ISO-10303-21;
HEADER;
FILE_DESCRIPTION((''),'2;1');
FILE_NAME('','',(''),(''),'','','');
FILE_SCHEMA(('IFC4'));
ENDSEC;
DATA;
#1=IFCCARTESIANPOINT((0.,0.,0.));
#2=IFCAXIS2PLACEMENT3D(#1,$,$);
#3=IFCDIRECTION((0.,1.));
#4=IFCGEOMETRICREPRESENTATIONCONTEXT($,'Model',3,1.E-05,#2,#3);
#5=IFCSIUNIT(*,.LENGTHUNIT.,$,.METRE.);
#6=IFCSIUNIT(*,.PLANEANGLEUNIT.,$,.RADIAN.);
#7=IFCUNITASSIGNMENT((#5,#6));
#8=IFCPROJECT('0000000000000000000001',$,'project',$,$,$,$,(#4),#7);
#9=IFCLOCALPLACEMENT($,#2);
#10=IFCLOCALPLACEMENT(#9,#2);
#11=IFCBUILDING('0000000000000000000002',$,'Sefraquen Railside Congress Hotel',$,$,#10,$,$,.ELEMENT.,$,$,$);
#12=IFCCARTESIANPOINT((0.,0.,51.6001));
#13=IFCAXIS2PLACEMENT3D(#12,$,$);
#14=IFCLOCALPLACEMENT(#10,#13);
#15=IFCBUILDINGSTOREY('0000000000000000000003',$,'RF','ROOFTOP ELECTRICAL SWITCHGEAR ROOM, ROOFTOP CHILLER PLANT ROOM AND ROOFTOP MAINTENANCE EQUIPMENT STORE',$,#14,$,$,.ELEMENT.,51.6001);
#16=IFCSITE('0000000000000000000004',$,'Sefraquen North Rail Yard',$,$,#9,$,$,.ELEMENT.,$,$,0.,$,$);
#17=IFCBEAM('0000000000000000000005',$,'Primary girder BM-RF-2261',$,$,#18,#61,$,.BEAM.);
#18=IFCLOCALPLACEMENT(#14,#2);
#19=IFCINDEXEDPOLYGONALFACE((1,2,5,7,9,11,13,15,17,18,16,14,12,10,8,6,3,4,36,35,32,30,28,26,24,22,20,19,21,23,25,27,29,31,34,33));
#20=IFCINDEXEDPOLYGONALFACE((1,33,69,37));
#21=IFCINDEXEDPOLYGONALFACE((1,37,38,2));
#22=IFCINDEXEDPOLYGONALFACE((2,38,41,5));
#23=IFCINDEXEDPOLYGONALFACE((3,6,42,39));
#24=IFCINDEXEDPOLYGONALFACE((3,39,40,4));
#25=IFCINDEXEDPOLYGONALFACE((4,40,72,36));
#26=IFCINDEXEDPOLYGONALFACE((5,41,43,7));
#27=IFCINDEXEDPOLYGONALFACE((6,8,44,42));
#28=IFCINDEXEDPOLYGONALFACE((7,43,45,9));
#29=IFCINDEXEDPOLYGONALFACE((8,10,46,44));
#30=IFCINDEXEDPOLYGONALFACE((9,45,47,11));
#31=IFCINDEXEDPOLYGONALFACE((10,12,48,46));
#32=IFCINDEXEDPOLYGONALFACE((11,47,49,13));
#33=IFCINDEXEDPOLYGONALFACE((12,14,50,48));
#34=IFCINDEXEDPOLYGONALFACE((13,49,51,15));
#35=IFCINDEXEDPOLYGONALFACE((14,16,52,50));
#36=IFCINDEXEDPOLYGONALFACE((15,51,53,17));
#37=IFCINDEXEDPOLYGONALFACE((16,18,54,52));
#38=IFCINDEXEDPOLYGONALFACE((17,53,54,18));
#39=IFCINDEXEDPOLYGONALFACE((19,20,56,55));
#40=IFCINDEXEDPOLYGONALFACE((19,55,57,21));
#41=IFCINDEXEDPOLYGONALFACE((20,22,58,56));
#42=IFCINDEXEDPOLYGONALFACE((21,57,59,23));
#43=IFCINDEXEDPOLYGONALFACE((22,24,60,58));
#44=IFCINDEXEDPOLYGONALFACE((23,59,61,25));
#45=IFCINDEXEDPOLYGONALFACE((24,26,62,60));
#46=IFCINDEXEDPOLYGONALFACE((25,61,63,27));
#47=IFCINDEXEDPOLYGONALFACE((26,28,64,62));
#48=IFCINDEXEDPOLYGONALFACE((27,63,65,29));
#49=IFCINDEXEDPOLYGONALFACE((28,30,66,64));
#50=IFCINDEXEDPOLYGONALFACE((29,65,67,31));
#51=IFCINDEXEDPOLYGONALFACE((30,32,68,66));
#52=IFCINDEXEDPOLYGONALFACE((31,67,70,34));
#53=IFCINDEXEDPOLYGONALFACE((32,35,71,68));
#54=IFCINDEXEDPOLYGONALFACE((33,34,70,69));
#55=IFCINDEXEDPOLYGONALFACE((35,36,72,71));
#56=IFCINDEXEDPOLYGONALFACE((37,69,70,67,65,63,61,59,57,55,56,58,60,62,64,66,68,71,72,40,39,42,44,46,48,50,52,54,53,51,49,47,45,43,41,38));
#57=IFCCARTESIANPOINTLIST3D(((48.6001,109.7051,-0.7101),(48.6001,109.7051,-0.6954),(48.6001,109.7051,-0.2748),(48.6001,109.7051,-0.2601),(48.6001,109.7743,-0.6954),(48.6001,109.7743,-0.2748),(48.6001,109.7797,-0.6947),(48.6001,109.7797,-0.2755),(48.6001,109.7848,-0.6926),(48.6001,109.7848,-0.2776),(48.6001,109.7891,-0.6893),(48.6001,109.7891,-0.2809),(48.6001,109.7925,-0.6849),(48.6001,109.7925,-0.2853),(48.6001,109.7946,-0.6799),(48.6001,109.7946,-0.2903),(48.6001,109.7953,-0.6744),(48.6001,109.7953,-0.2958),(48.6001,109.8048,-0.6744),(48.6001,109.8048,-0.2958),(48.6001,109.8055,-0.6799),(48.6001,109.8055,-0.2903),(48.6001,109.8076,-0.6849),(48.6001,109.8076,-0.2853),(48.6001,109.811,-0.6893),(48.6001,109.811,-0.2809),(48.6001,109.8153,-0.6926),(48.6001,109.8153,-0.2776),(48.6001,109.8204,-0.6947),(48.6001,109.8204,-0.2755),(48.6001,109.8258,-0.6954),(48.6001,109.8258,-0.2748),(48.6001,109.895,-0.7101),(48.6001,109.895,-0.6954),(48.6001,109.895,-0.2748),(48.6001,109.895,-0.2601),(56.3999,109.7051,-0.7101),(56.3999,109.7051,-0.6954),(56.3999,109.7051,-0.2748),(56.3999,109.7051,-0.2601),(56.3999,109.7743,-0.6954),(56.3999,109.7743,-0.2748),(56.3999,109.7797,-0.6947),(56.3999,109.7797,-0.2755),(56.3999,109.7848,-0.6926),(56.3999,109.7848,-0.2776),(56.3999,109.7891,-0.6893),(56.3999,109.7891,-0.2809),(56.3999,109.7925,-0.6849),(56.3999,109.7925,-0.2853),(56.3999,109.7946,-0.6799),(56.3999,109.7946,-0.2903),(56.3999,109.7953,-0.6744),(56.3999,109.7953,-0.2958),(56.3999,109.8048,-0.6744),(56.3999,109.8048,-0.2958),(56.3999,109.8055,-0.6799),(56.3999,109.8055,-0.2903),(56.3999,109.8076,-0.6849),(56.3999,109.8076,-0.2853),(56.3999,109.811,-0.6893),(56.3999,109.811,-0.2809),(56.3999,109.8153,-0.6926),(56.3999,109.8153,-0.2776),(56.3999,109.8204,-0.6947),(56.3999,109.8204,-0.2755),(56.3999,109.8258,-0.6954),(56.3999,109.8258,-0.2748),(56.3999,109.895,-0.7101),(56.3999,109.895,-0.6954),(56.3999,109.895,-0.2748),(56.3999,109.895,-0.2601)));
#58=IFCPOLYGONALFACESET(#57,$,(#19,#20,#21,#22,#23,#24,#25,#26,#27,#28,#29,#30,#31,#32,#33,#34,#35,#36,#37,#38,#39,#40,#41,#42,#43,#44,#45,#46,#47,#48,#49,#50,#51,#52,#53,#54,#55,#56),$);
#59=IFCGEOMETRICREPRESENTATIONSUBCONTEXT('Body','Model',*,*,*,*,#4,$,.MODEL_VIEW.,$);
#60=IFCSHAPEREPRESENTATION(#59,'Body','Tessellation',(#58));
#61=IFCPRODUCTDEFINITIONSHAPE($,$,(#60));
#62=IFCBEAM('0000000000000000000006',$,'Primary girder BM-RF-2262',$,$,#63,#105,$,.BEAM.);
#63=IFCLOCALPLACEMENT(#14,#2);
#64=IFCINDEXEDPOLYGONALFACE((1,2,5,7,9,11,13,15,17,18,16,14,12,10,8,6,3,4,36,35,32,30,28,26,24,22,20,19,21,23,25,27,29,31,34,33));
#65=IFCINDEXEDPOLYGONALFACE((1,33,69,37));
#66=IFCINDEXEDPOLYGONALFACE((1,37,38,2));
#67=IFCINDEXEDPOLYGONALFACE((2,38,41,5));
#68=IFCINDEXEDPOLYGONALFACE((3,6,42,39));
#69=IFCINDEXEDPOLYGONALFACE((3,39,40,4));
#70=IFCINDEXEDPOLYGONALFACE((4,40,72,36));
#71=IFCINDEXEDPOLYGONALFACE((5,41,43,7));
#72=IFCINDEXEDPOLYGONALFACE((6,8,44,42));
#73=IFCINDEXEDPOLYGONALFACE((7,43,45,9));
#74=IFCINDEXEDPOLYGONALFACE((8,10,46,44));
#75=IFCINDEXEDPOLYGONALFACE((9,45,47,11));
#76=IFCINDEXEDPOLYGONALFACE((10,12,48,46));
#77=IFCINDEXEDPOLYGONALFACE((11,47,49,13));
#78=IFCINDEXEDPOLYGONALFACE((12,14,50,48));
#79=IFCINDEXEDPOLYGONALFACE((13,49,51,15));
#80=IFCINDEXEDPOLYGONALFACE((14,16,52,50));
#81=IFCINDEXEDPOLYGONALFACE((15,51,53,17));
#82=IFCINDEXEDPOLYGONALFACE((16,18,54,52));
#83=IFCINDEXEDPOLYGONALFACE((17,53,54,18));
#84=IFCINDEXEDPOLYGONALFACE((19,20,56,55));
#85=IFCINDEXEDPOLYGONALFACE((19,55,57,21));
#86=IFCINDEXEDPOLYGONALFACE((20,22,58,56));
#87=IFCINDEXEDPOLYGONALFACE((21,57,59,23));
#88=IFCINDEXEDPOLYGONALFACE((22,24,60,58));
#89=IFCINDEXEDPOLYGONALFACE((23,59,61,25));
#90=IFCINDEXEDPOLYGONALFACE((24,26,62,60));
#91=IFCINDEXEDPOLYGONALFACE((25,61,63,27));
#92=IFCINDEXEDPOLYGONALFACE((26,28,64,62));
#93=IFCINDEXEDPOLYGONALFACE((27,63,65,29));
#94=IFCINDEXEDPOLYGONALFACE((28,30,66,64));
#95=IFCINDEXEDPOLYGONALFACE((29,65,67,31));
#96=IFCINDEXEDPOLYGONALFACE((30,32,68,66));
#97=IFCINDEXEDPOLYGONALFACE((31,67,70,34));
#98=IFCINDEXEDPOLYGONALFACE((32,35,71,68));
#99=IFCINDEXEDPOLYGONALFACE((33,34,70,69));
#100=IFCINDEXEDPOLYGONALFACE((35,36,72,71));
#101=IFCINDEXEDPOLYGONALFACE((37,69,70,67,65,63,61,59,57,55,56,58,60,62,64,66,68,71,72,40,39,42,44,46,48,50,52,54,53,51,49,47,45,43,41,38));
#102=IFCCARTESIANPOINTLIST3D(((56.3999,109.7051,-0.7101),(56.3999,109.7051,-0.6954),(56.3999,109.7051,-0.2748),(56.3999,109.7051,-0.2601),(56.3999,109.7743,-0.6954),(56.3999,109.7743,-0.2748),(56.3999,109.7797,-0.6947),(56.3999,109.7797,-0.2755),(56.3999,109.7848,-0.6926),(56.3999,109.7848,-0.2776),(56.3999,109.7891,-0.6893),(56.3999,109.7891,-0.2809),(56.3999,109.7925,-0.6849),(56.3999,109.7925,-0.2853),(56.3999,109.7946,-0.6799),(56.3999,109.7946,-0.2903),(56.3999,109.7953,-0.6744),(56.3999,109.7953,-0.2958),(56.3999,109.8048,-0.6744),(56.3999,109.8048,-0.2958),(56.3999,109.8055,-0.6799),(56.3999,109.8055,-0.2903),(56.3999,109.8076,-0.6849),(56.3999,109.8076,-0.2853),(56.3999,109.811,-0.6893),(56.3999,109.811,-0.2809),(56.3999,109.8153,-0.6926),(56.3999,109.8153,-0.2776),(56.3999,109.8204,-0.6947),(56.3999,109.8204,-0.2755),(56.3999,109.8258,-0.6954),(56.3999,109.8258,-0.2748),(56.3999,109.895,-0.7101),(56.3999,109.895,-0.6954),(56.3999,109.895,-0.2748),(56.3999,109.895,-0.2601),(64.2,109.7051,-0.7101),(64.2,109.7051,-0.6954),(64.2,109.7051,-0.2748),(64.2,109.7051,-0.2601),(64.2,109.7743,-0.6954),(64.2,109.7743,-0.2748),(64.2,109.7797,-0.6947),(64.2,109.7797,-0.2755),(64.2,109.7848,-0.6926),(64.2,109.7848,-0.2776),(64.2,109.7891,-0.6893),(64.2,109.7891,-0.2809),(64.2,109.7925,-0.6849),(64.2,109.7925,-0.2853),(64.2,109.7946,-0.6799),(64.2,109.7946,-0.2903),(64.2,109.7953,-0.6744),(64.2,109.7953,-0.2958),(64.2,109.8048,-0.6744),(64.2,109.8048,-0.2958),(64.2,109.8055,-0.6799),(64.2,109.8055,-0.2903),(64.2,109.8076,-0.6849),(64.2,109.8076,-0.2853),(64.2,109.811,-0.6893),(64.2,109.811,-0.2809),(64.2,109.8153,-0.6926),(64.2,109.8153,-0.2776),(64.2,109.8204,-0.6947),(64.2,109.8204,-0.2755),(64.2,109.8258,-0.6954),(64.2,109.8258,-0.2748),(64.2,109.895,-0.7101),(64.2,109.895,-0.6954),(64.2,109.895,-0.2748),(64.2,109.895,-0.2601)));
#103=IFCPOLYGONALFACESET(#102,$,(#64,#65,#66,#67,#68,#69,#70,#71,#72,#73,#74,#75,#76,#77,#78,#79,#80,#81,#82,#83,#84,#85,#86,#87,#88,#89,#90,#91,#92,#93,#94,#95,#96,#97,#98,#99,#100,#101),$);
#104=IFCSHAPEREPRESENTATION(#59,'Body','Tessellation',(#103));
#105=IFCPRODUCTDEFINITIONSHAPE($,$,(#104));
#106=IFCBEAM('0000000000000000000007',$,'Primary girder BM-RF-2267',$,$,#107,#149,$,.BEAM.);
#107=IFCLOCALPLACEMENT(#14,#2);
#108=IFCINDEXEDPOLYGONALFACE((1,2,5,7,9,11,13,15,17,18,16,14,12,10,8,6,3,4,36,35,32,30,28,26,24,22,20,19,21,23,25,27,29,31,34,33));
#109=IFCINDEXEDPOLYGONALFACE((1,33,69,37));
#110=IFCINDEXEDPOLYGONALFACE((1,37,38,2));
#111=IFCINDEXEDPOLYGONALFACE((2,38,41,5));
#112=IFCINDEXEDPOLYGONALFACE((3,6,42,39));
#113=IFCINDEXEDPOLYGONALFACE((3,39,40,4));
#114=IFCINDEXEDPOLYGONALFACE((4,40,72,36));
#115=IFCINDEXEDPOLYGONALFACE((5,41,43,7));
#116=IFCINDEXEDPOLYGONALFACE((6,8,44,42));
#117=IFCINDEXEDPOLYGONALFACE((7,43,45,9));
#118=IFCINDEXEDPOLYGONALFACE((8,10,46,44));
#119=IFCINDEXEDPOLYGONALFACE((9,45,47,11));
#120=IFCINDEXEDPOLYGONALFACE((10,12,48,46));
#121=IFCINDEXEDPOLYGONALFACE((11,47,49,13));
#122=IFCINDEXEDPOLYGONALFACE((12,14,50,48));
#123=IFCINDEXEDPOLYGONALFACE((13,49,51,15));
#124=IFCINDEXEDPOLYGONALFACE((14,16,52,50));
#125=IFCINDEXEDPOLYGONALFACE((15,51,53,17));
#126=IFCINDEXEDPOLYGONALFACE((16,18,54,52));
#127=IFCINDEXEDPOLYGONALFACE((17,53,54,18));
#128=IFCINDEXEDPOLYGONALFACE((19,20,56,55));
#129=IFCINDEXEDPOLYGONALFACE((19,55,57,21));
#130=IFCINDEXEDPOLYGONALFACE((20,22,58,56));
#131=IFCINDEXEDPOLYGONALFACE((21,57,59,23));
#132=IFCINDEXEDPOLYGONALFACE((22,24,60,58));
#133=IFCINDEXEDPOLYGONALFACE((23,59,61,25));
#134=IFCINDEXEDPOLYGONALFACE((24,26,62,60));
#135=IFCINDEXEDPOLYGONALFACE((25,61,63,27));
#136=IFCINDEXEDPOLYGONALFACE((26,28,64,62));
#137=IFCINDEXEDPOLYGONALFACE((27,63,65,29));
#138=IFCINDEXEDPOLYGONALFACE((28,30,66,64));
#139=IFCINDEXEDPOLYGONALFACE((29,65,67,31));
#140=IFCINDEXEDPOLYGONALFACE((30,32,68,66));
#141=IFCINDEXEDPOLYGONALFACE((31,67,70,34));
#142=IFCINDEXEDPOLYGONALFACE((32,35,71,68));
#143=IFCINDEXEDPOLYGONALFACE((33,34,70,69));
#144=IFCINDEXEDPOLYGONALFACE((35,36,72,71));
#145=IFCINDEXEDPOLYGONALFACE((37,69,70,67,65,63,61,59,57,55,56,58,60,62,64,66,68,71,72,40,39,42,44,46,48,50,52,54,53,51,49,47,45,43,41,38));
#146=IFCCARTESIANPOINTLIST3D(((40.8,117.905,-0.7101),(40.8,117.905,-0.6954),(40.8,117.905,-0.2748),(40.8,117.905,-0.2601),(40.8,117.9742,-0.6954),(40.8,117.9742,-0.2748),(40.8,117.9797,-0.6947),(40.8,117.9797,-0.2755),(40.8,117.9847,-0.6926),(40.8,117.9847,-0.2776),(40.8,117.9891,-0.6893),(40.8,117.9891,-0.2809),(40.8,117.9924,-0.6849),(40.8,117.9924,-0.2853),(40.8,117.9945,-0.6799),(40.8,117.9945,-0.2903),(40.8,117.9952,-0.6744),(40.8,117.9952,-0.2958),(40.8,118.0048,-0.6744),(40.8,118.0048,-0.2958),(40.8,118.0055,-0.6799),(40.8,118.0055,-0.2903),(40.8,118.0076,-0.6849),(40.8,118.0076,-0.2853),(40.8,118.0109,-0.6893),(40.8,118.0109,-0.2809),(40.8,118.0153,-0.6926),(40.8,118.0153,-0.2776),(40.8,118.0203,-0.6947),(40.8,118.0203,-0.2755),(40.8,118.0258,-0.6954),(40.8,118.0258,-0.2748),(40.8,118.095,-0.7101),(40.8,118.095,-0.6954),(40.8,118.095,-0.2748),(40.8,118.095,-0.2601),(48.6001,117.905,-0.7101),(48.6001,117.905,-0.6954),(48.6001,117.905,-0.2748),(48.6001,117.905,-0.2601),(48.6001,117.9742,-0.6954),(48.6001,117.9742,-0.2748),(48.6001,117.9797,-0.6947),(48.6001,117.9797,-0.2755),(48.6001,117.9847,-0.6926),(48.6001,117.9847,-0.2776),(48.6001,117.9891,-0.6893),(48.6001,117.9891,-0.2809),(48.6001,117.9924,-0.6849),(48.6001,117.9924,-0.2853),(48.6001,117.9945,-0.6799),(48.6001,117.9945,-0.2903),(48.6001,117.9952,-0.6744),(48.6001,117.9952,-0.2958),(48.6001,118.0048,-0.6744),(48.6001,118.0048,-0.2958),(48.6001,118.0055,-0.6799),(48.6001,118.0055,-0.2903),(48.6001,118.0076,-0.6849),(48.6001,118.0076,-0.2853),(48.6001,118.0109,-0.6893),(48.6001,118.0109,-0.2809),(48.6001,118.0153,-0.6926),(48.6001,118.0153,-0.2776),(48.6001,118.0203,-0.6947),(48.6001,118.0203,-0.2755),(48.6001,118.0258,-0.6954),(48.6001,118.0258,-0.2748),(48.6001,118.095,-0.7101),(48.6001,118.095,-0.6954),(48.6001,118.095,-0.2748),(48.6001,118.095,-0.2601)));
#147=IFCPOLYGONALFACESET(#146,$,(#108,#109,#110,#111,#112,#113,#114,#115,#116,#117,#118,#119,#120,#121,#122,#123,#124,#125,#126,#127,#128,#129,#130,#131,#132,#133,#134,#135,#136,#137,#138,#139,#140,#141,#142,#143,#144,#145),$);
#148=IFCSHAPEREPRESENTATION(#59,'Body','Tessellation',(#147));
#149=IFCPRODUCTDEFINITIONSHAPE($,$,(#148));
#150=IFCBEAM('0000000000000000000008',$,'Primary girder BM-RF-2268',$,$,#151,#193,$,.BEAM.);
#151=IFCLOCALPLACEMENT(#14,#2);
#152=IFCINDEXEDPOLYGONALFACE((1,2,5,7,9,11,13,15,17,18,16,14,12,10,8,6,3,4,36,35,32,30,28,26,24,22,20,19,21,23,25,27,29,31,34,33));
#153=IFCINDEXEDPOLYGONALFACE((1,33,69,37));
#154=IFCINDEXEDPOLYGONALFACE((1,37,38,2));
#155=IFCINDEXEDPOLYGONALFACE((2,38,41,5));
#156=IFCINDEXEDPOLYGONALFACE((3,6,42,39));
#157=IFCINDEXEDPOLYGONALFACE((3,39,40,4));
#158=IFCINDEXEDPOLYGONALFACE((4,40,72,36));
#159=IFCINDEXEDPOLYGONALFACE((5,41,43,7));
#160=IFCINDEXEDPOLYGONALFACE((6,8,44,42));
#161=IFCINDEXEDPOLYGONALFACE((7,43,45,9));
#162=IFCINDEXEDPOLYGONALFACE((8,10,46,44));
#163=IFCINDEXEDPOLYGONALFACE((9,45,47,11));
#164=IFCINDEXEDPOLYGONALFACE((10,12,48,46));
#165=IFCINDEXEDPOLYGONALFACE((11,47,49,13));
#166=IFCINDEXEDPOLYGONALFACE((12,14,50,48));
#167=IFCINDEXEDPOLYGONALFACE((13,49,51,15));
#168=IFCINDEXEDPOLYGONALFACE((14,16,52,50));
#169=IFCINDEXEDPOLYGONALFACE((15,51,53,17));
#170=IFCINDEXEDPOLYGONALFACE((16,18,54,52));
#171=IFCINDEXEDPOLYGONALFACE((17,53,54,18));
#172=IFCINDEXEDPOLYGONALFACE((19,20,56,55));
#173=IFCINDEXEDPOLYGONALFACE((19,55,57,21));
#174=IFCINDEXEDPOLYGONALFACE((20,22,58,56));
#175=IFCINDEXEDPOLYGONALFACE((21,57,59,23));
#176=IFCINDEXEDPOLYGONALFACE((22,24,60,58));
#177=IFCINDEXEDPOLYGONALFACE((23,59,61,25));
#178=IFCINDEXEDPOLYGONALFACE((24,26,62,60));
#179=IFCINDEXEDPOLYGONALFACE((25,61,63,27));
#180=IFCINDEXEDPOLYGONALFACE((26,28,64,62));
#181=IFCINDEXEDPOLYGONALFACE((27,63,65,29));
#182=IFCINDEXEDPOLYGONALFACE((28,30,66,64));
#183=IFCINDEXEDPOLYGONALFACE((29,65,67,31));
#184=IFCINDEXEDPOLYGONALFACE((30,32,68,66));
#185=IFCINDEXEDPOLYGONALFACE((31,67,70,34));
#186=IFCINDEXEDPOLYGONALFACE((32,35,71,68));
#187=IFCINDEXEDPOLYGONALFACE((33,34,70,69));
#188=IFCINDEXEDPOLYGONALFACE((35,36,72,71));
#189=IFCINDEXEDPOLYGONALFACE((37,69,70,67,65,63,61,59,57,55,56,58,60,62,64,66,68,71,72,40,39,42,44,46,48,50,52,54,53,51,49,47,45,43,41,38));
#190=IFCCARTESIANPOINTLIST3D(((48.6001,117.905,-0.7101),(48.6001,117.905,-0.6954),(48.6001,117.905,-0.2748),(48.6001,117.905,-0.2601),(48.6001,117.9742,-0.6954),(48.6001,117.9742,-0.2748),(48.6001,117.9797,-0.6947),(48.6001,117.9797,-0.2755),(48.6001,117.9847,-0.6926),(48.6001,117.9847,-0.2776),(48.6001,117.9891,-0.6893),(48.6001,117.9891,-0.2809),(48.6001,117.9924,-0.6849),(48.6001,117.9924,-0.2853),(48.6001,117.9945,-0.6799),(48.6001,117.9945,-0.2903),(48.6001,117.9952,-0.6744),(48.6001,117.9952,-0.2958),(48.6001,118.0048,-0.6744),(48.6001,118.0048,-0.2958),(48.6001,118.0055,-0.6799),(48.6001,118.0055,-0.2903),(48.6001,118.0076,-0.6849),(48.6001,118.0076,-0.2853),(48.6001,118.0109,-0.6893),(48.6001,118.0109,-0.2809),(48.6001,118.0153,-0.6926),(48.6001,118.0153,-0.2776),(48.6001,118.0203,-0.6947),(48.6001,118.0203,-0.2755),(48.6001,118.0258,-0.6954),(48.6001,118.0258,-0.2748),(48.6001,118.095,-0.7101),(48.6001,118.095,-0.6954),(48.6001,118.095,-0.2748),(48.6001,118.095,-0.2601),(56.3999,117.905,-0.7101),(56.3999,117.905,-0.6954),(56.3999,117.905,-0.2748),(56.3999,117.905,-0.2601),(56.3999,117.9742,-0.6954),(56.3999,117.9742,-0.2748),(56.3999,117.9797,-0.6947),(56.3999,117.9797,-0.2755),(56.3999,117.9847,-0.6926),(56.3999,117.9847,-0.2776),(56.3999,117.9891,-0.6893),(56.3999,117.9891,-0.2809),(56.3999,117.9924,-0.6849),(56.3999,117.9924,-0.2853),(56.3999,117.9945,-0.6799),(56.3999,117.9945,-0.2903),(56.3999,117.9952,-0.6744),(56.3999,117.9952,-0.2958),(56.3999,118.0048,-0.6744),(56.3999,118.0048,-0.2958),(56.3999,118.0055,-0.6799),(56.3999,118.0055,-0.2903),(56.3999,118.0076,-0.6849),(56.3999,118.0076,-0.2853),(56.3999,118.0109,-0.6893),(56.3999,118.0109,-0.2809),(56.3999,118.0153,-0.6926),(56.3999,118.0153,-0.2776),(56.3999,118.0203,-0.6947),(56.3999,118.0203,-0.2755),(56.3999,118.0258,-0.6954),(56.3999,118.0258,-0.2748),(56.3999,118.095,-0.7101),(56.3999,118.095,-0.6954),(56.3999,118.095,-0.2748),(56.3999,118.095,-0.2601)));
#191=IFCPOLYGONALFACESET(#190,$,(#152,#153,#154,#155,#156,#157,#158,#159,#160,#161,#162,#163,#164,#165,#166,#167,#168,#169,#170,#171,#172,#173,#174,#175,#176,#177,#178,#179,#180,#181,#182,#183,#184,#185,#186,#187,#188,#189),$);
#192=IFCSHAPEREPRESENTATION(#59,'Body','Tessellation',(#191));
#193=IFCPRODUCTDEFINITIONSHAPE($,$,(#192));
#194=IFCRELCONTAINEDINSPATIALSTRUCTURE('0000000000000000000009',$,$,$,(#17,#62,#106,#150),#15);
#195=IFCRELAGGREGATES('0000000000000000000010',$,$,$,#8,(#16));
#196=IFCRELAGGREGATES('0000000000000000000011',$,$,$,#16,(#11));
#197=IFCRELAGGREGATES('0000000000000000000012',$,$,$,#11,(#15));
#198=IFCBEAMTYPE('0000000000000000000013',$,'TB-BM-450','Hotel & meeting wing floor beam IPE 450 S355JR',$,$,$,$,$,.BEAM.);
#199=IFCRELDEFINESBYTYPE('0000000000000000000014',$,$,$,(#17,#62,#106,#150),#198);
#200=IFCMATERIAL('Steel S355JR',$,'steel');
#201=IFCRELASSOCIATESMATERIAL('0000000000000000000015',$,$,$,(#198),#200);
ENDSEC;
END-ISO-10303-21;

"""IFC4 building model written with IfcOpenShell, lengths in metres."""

from ifc_helpers import new_model, si_unit, direction, frame, origin, origin_2d, place, context, subcontext, project, spatial, i_section, extrude, material, material_profile, profile_set, type_object, element, save


model = new_model("IFC4")

# Units and contexts
model_context = context("Model", 3, precision=1e-05, world=origin(), true_north=direction((0.0, 1.0)))
body_context = subcontext(model_context, "Body", "Model", "MODEL_VIEW")
ifc_project = project(units=[si_unit("LENGTHUNIT", "METRE"), si_unit("PLANEANGLEUNIT", "RADIAN")], contexts=[model_context])

# Site, building, storey
site_placement = place(None, origin())
site = spatial("IfcSite", under=ifc_project, at=site_placement, Name="Sefraquen North Rail Yard", CompositionType="ELEMENT", RefElevation=0.0)
building_placement = place(site_placement, origin())
building = spatial("IfcBuilding", under=site, at=building_placement, Name="Sefraquen Railside Congress Hotel", CompositionType="ELEMENT")
storey_placement = place(building_placement, frame((0.0, 0.0, 51.6001)))
storey = spatial("IfcBuildingStorey", under=building, at=storey_placement, Name="RF", Description="ROOFTOP ELECTRICAL SWITCHGEAR ROOM, ROOFTOP CHILLER PLANT ROOM AND ROOFTOP MAINTENANCE EQUIPMENT STORE", CompositionType="ELEMENT", Elevation=51.6001)

# Beams
ifc_material_1 = material(Name="Steel S355JR", Category="steel")
ifc_material_profile_1 = material_profile(ifc_material_1, i_section(OverallWidth=0.1899, OverallDepth=0.45, WebThickness=0.0095, FlangeThickness=0.0146, FilletRadius=0.021, at=origin_2d()), Name="IPE 450")
ifc_profile_set_1 = profile_set([ifc_material_profile_1], Name="Steel S355JR")
beam_type_1 = type_object("IfcBeamType", Name="TB-BM-450", Description="Hotel & meeting wing floor beam IPE 450 S355JR", PredefinedType="BEAM", material=ifc_profile_set_1)
beam_1_placement = place(storey_placement, frame((48.6001, 109.8, -0.4851), z_axis=(1.0, 0.0, 0.0), x_axis=(0.0, 1.0, 0.0)))
element("IfcBeam", 1, at=beam_1_placement, inside=storey, type_object=beam_type_1, Name="Primary girder BM-RF-2261", PredefinedType="BEAM", context=body_context, shape_type="SweptSolid", body=[
    extrude(i_section(OverallWidth=0.1899, OverallDepth=0.45, WebThickness=0.0095, FlangeThickness=0.0146, FilletRadius=0.021, at=origin_2d()), origin(), (0.0, 0.0, 1.0), 7.7998),
])
for number, where, z_axis, x_axis, name in (
    (2, (56.3999, 109.8, -0.4851), (1.0, 0.0, 0.0), (0.0, 1.0, 0.0), "Primary girder BM-RF-2262"),
    (3, (40.8, 118.0, -0.4851), (1.0, 0.0, 0.0), (0.0, 1.0, 0.0), "Primary girder BM-RF-2267"),
):
    element("IfcBeam", number, at=place(storey_placement, frame(where, z_axis=z_axis, x_axis=x_axis)), inside=storey, type_object=beam_type_1, Name=name, PredefinedType="BEAM", context=body_context, shape_type="SweptSolid", body=[
        extrude(i_section(OverallWidth=0.1899, OverallDepth=0.45, WebThickness=0.0095, FlangeThickness=0.0146, FilletRadius=0.021, at=origin_2d()), origin(), (0.0, 0.0, 1.0), 7.8),
    ])
beam_2_placement = place(storey_placement, frame((48.6001, 118.0, -0.4851), z_axis=(1.0, 0.0, 0.0), x_axis=(0.0, 1.0, 0.0)))
element("IfcBeam", 4, at=beam_2_placement, inside=storey, type_object=beam_type_1, Name="Primary girder BM-RF-2268", PredefinedType="BEAM", context=body_context, shape_type="SweptSolid", body=[
    extrude(i_section(OverallWidth=0.1899, OverallDepth=0.45, WebThickness=0.0095, FlangeThickness=0.0146, FilletRadius=0.021, at=origin_2d()), origin(), (0.0, 0.0, 1.0), 7.7998),
])

save(model, "model.ifc")
